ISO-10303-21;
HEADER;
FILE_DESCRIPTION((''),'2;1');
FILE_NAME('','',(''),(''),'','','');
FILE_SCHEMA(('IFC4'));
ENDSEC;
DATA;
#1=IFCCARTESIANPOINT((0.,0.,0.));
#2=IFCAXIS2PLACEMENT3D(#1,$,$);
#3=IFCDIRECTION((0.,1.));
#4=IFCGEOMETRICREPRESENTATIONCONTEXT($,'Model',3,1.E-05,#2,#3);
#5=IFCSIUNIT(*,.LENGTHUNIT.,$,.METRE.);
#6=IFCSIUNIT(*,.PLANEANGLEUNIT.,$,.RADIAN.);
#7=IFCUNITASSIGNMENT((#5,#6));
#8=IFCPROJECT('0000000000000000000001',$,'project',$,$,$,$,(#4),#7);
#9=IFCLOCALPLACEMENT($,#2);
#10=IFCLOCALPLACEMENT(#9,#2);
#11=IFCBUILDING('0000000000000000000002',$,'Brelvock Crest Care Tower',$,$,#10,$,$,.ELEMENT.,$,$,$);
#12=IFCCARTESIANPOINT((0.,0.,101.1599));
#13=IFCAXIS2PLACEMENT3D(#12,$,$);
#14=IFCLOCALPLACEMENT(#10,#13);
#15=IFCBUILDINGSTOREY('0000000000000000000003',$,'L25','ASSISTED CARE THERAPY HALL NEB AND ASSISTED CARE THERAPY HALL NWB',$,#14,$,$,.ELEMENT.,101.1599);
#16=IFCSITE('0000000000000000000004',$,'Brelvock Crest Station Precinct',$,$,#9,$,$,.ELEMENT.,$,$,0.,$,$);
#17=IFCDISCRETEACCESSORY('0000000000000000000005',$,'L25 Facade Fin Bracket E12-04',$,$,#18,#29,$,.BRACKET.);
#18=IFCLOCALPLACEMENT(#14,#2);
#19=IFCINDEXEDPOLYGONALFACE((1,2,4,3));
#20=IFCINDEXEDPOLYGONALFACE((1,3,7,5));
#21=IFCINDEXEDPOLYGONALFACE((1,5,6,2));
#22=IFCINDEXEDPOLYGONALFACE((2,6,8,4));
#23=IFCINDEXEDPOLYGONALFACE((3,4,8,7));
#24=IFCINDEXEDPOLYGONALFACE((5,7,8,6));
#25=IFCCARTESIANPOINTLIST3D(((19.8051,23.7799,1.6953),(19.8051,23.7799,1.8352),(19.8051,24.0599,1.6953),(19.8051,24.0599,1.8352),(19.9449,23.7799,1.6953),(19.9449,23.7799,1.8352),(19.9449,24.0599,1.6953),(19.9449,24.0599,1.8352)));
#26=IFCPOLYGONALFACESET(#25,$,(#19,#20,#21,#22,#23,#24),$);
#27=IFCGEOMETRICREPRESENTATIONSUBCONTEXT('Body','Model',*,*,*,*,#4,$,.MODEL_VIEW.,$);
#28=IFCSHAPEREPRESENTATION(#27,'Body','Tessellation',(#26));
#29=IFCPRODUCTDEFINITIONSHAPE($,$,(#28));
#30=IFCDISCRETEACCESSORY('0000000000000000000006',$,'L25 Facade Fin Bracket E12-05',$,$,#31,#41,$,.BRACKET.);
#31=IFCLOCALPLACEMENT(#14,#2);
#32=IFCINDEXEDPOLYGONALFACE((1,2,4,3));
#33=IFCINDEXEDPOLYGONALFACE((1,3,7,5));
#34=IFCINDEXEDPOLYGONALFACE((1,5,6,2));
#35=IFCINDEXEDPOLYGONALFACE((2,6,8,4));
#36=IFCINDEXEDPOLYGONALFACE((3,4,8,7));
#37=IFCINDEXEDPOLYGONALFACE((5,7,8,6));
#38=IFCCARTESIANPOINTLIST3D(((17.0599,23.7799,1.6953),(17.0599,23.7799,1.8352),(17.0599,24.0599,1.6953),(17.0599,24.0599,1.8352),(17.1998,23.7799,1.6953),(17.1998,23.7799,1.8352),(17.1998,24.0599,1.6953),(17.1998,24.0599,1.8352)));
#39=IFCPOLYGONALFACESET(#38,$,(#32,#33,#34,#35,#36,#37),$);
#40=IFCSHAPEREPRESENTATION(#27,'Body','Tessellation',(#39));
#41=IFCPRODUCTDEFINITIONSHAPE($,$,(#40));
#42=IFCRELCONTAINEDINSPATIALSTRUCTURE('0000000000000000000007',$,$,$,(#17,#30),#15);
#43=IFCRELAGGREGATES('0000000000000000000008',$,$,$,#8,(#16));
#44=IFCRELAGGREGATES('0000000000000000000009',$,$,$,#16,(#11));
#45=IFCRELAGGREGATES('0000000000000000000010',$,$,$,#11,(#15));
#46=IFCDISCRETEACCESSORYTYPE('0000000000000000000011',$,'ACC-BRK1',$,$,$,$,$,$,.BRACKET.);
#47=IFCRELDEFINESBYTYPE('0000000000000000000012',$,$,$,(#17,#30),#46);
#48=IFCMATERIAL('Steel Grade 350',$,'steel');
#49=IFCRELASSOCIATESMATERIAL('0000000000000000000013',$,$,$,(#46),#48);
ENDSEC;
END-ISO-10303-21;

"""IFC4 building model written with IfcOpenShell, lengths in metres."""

from ifc_helpers import new_model, si_unit, direction, frame, origin, origin_2d, place, context, subcontext, project, spatial, rectangle, extrude, source, transform, mapped, material, type_object, element, save


model = new_model("IFC4")

# Units and contexts
model_context = context("Model", 3, precision=1e-05, world=origin(), true_north=direction((0.0, 1.0)))
body_context = subcontext(model_context, "Body", "Model", "MODEL_VIEW")
ifc_project = project(units=[si_unit("LENGTHUNIT", "METRE"), si_unit("PLANEANGLEUNIT", "RADIAN")], contexts=[model_context])

# Site, building, storey
site_placement = place(None, origin())
site = spatial("IfcSite", under=ifc_project, at=site_placement, Name="Brelvock Crest Station Precinct", CompositionType="ELEMENT", RefElevation=0.0)
building_placement = place(site_placement, origin())
building = spatial("IfcBuilding", under=site, at=building_placement, Name="Brelvock Crest Care Tower", CompositionType="ELEMENT")
storey_placement = place(building_placement, frame((0.0, 0.0, 101.1599)))
storey = spatial("IfcBuildingStorey", under=building, at=storey_placement, Name="L25", Description="ASSISTED CARE THERAPY HALL NEB AND ASSISTED CARE THERAPY HALL NWB", CompositionType="ELEMENT", Elevation=101.1599)

# Shared definitions
ifc_material_1 = material(Name="Steel Grade 350", Category="steel")

# Discrete accessories
discrete_accessory_type = type_object("IfcDiscreteAccessoryType", Name="ACC-BRK1", PredefinedType="BRACKET", material=ifc_material_1)
shared_shape_1 = source(origin(), body_context, "Body", "SweptSolid", [
    extrude(rectangle(XDim=0.28, YDim=0.1399, at=origin_2d()), origin(), (0.0, 0.0, 1.0), 0.1399),
])
for number, where, z_axis, x_axis, name in (
    (1, (19.875, 23.9199, 1.6953), (0.0, 0.0, 1.0), (0.0, -1.0, 0.0), "L25 Facade Fin Bracket E12-04"),
    (2, (17.1299, 23.9199, 1.6953), (0.0, 0.0, 1.0), (0.0, -1.0, 0.0), "L25 Facade Fin Bracket E12-05"),
):
    element("IfcDiscreteAccessory", number, at=place(storey_placement, frame(where, z_axis=z_axis, x_axis=x_axis)), inside=storey, type_object=discrete_accessory_type, Name=name, PredefinedType="BRACKET", context=body_context, shape_type="MappedRepresentation", body=[
        mapped(shared_shape_1, transform((0.0, 0.0, 0.0), x_axis=(1.0, 0.0, 0.0), y_axis=(0.0, 1.0, 0.0), z_axis=(0.0, 0.0, 1.0), scale=1.0)),
    ])

save(model, "model.ifc")
